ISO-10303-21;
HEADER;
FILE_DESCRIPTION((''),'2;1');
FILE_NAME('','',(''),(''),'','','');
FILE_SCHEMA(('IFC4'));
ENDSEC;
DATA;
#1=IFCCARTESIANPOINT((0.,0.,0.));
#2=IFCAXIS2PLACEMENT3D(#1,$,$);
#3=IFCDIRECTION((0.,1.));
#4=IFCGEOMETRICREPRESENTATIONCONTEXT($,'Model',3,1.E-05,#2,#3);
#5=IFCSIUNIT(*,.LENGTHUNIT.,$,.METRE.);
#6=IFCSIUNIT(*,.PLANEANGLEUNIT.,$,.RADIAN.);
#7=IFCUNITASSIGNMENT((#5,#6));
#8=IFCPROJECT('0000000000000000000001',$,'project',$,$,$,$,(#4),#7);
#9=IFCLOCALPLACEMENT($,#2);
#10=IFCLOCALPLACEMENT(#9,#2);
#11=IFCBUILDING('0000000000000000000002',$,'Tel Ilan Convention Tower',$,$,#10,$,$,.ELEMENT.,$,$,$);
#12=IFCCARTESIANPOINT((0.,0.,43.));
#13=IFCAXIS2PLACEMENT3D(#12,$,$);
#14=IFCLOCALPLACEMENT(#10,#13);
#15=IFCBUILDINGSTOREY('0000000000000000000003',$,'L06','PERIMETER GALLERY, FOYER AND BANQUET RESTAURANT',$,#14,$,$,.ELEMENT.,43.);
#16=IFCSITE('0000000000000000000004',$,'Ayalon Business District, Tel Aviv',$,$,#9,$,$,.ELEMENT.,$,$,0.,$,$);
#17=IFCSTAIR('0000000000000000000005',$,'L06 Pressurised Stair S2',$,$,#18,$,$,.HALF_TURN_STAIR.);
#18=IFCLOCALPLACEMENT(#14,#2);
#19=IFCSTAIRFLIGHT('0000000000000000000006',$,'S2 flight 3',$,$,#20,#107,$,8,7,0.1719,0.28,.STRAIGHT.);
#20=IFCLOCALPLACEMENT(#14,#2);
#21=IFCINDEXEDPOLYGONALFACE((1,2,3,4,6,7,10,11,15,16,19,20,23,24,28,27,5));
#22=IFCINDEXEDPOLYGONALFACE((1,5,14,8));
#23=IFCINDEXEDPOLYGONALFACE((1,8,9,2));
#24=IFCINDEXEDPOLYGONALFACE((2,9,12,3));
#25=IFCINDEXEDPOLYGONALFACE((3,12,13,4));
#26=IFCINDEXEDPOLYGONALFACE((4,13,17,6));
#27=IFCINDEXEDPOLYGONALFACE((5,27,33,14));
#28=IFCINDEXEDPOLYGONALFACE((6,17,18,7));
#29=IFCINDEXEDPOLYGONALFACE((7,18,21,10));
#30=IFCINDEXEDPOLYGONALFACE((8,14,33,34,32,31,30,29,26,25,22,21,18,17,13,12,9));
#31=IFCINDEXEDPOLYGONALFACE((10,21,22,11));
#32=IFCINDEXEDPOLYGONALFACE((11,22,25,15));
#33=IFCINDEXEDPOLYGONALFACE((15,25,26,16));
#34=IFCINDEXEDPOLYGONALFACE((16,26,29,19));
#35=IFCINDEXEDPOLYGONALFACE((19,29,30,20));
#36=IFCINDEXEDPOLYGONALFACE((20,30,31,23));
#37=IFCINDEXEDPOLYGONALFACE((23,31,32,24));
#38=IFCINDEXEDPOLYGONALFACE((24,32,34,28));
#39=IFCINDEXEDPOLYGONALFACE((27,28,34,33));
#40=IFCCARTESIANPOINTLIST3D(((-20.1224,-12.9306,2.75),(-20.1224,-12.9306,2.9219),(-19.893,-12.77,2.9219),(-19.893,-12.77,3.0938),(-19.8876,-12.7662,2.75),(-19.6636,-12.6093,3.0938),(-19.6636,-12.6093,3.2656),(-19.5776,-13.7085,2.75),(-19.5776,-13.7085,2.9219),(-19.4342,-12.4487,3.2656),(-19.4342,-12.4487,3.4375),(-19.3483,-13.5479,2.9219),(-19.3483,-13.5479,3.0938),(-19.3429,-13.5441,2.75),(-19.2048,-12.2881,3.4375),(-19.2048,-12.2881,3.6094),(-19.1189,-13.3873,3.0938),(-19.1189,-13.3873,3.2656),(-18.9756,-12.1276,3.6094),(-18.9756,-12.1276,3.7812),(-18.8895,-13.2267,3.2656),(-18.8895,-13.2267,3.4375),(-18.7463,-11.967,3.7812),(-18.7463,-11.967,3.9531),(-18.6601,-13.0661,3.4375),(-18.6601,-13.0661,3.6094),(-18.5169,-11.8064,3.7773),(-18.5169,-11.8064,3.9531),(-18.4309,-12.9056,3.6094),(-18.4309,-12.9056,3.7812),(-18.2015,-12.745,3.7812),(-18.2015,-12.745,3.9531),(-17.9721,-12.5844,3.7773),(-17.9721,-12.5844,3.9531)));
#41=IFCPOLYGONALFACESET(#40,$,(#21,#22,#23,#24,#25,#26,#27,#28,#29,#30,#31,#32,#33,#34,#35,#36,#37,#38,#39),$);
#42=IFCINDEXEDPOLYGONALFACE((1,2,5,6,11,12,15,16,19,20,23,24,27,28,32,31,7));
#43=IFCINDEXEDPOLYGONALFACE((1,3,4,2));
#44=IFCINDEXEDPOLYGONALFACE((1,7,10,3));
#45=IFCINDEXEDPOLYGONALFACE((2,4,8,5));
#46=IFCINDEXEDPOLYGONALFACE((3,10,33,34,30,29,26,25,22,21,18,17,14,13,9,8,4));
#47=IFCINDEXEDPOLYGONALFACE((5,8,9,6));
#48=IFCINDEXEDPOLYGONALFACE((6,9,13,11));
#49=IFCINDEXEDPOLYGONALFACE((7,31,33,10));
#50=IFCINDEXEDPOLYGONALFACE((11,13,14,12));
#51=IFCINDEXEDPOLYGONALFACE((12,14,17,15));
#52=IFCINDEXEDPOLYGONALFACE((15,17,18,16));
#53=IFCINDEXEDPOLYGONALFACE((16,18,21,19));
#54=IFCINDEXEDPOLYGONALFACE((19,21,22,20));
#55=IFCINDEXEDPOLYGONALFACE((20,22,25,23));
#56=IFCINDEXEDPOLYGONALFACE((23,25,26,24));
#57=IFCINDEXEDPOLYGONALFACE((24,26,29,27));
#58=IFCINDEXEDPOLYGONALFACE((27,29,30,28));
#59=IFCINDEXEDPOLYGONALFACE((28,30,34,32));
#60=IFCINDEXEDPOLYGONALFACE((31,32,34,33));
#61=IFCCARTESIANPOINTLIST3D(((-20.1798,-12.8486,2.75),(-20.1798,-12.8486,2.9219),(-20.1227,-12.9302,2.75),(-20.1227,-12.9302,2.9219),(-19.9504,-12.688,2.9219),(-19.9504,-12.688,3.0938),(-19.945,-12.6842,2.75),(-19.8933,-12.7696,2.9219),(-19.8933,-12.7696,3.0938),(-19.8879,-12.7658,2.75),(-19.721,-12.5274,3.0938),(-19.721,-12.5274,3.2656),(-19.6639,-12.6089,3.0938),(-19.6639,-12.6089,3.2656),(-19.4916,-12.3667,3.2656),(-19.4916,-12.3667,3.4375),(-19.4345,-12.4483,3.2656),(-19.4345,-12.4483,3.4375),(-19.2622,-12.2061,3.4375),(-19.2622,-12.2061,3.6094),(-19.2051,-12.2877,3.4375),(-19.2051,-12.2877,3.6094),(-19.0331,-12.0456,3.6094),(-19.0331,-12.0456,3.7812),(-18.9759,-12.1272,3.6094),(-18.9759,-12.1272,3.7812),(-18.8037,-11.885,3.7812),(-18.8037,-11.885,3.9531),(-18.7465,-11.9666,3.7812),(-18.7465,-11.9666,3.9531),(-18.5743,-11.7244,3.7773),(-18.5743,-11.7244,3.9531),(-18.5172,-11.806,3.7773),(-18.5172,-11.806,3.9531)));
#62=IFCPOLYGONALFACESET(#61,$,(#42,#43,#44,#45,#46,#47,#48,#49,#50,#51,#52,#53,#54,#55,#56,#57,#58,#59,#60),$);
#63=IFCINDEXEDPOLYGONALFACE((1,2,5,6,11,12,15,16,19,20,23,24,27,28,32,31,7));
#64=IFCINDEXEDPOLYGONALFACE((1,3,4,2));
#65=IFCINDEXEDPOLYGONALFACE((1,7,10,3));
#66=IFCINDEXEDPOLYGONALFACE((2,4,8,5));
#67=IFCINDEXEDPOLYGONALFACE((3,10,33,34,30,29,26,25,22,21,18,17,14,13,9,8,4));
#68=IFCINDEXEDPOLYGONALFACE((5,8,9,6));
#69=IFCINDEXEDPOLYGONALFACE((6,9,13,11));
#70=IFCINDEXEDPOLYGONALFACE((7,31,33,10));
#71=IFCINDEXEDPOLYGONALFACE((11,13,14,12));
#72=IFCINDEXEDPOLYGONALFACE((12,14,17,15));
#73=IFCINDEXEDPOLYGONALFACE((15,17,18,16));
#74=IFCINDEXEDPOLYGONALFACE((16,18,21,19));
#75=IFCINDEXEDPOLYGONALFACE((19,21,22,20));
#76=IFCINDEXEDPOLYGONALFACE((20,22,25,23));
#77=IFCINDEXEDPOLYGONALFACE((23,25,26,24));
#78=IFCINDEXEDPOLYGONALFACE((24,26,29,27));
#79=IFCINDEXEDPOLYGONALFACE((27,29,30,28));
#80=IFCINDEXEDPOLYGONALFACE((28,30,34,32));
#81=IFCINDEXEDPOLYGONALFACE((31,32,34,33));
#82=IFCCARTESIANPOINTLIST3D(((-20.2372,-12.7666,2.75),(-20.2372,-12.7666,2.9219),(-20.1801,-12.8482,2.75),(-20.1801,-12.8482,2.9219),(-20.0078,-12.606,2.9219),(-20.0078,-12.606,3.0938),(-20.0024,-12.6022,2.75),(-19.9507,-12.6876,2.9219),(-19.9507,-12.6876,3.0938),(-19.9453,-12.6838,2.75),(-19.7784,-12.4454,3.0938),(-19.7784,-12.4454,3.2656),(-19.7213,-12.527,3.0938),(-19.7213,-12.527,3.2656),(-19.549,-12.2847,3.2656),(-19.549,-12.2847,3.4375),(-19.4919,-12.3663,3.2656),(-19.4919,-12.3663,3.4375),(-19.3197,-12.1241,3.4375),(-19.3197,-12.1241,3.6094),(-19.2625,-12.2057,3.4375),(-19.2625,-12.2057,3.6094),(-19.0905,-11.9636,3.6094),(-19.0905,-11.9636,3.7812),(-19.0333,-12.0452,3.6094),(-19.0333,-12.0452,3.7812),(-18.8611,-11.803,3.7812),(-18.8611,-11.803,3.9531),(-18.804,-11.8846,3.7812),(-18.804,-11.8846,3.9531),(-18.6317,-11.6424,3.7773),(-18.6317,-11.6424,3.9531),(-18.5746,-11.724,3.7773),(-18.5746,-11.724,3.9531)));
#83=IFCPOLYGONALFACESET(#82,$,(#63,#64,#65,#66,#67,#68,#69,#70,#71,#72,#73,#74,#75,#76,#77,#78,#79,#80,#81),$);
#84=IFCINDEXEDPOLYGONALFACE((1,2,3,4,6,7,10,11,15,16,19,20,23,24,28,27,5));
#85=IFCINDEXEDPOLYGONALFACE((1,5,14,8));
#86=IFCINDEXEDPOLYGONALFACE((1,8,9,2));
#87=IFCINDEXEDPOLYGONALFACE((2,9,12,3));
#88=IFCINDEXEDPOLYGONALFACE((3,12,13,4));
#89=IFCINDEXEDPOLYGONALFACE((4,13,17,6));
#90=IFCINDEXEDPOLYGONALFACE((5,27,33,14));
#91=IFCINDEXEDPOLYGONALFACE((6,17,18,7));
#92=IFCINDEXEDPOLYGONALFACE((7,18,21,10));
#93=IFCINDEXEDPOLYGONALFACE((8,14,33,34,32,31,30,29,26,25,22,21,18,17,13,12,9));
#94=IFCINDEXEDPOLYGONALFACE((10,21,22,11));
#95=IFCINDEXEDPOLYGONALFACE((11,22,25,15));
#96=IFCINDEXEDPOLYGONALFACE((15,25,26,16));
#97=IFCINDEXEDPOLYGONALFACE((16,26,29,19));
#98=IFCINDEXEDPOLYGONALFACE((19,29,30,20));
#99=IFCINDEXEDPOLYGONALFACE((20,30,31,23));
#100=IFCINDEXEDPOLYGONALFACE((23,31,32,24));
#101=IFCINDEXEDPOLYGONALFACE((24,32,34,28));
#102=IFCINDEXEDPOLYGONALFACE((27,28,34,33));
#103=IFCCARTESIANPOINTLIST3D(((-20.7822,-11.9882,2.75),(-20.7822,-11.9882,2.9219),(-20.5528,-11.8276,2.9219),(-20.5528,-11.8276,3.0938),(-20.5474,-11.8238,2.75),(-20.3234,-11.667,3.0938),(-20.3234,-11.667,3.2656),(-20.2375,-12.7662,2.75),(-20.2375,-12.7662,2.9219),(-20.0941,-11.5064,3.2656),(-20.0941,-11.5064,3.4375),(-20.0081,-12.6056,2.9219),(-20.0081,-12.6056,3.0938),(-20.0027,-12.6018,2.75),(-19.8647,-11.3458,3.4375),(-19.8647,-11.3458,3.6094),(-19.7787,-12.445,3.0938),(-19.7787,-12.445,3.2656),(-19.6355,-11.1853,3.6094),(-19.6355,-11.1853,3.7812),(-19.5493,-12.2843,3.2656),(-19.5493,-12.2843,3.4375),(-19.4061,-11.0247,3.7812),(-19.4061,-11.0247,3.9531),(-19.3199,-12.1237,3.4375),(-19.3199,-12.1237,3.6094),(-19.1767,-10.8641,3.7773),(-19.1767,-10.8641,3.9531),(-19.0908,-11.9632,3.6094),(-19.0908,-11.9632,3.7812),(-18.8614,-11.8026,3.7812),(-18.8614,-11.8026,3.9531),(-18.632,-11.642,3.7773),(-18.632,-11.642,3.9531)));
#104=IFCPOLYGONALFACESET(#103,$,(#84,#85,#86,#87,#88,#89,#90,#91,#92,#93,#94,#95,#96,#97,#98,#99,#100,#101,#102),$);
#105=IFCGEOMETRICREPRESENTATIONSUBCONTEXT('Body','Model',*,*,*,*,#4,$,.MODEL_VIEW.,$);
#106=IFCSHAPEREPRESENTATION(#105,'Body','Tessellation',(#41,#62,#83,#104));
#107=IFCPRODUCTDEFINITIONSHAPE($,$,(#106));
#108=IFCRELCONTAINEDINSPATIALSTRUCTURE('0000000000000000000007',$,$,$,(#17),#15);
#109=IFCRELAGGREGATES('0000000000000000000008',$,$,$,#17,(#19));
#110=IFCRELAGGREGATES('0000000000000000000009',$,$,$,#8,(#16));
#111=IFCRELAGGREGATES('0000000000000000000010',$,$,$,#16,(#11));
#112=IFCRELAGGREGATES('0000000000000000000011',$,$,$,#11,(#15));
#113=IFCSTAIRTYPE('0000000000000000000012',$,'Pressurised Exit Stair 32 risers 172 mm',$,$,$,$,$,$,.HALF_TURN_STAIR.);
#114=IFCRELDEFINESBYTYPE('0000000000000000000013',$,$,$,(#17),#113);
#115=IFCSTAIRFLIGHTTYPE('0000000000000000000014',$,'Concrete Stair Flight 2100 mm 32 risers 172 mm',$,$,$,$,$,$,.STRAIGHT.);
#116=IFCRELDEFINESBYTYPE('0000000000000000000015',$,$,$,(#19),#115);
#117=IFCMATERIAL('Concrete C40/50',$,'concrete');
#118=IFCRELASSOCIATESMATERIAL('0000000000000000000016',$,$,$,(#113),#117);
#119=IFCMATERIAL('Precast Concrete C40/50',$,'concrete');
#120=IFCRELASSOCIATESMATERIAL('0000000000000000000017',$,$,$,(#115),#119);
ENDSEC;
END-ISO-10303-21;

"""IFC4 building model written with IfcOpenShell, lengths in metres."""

from ifc_helpers import new_model, si_unit, direction, frame, origin, place, context, subcontext, project, spatial, polyline, outline, extrude, material, type_object, element, aggregate, save


model = new_model("IFC4")

# Units and contexts
model_context = context("Model", 3, precision=1e-05, world=origin(), true_north=direction((0.0, 1.0)))
body_context = subcontext(model_context, "Body", "Model", "MODEL_VIEW")
ifc_project = project(units=[si_unit("LENGTHUNIT", "METRE"), si_unit("PLANEANGLEUNIT", "RADIAN")], contexts=[model_context])

# Site, building, storey
site_placement = place(None, origin())
site = spatial("IfcSite", under=ifc_project, at=site_placement, Name="Ayalon Business District, Tel Aviv", CompositionType="ELEMENT", RefElevation=0.0)
building_placement = place(site_placement, origin())
building = spatial("IfcBuilding", under=site, at=building_placement, Name="Tel Ilan Convention Tower", CompositionType="ELEMENT")
storey_placement = place(building_placement, frame((0.0, 0.0, 43.0)))
storey = spatial("IfcBuildingStorey", under=building, at=storey_placement, Name="L06", Description="PERIMETER GALLERY, FOYER AND BANQUET RESTAURANT", CompositionType="ELEMENT", Elevation=43.0)

# Stair, stair flight
ifc_material_1 = material(Name="Concrete C40/50", Category="concrete")
stair_type = type_object("IfcStairType", Name="Pressurised Exit Stair 32 risers 172 mm", PredefinedType="HALF_TURN_STAIR", material=ifc_material_1)
ifc_material_2 = material(Name="Precast Concrete C40/50", Category="concrete")
stair_flight_type = type_object("IfcStairFlightType", Name="Concrete Stair Flight 2100 mm 32 risers 172 mm", PredefinedType="STRAIGHT", material=ifc_material_2)
stair_1_placement = place(storey_placement, origin())
stair_1 = element("IfcStair", 1, at=stair_1_placement, inside=storey, type_object=stair_type, Name="L06 Pressurised Stair S2", PredefinedType="HALF_TURN_STAIR")
stair_flight_1_placement = place(storey_placement, frame((-20.1799, -12.8484, 2.75), z_axis=(0.0, 0.0, 1.0), x_axis=(0.819152, 0.573576, 0.0)))
stair_flight_1 = element("IfcStairFlight", 2, at=stair_flight_1_placement, type_object=stair_flight_type, Name="S2 flight 3", NumberOfRisers=8, NumberOfTreads=7, PredefinedType="STRAIGHT", RiserHeight=0.1719, TreadLength=0.28, context=body_context, shape_type="SweptSolid", body=[
    extrude(outline(polyline([(0.0, 0.0), (0.0, 0.1719), (0.28, 0.1719), (0.28, 0.3438), (0.5601, 0.3438), (0.5601, 0.5156), (0.8401, 0.5156), (0.8401, 0.6875), (1.1201, 0.6875), (1.1201, 0.8594), (1.3999, 0.8594), (1.3999, 1.0312), (1.6799, 1.0312), (1.6799, 1.2031), (1.96, 1.2031), (1.96, 1.375), (1.96, 1.0273), (0.2866, 0.0), (0.0, 0.0)])), frame((0.0, -0.1003, 0.0), z_axis=(0.0, -1.0, 0.0), x_axis=(1.0, 0.0, 0.0)), (0.0, 0.0, 1.0), 0.9497),
    extrude(outline(polyline([(0.0, 0.0), (0.0, 0.1719), (0.28, 0.1719), (0.28, 0.3438), (0.5601, 0.3438), (0.5601, 0.5156), (0.8401, 0.5156), (0.8401, 0.6875), (1.1201, 0.6875), (1.1201, 0.8594), (1.3999, 0.8594), (1.3999, 1.0312), (1.6799, 1.0312), (1.6799, 1.2031), (1.96, 1.2031), (1.96, 1.375), (1.96, 1.0273), (0.2866, 0.0), (0.0, 0.0)])), frame((0.0, -0.0002, 0.0), z_axis=(0.0, -1.0, 0.0), x_axis=(1.0, 0.0, 0.0)), (0.0, 0.0, 1.0), 0.0996),
    extrude(outline(polyline([(0.0, 0.0), (0.0, 0.1719), (0.28, 0.1719), (0.28, 0.3438), (0.5601, 0.3438), (0.5601, 0.5156), (0.8401, 0.5156), (0.8401, 0.6875), (1.1201, 0.6875), (1.1201, 0.8594), (1.3999, 0.8594), (1.3999, 1.0312), (1.6799, 1.0312), (1.6799, 1.2031), (1.96, 1.2031), (1.96, 1.375), (1.96, 1.0273), (0.2866, 0.0), (0.0, 0.0)])), frame((0.0, 0.0999, 0.0), z_axis=(0.0, -1.0, 0.0), x_axis=(1.0, 0.0, 0.0)), (0.0, 0.0, 1.0), 0.0996),
    extrude(outline(polyline([(0.0, 0.0), (0.0, 0.1719), (0.28, 0.1719), (0.28, 0.3438), (0.5601, 0.3438), (0.5601, 0.5156), (0.8401, 0.5156), (0.8401, 0.6875), (1.1201, 0.6875), (1.1201, 0.8594), (1.3999, 0.8594), (1.3999, 1.0312), (1.6799, 1.0312), (1.6799, 1.2031), (1.96, 1.2031), (1.96, 1.375), (1.96, 1.0273), (0.2866, 0.0), (0.0, 0.0)])), frame((0.0, 1.05, 0.0), z_axis=(0.0, -1.0, 0.0), x_axis=(1.0, 0.0, 0.0)), (0.0, 0.0, 1.0), 0.9497),
])
aggregate(stair_1, [stair_flight_1])

save(model, "model.ifc")
